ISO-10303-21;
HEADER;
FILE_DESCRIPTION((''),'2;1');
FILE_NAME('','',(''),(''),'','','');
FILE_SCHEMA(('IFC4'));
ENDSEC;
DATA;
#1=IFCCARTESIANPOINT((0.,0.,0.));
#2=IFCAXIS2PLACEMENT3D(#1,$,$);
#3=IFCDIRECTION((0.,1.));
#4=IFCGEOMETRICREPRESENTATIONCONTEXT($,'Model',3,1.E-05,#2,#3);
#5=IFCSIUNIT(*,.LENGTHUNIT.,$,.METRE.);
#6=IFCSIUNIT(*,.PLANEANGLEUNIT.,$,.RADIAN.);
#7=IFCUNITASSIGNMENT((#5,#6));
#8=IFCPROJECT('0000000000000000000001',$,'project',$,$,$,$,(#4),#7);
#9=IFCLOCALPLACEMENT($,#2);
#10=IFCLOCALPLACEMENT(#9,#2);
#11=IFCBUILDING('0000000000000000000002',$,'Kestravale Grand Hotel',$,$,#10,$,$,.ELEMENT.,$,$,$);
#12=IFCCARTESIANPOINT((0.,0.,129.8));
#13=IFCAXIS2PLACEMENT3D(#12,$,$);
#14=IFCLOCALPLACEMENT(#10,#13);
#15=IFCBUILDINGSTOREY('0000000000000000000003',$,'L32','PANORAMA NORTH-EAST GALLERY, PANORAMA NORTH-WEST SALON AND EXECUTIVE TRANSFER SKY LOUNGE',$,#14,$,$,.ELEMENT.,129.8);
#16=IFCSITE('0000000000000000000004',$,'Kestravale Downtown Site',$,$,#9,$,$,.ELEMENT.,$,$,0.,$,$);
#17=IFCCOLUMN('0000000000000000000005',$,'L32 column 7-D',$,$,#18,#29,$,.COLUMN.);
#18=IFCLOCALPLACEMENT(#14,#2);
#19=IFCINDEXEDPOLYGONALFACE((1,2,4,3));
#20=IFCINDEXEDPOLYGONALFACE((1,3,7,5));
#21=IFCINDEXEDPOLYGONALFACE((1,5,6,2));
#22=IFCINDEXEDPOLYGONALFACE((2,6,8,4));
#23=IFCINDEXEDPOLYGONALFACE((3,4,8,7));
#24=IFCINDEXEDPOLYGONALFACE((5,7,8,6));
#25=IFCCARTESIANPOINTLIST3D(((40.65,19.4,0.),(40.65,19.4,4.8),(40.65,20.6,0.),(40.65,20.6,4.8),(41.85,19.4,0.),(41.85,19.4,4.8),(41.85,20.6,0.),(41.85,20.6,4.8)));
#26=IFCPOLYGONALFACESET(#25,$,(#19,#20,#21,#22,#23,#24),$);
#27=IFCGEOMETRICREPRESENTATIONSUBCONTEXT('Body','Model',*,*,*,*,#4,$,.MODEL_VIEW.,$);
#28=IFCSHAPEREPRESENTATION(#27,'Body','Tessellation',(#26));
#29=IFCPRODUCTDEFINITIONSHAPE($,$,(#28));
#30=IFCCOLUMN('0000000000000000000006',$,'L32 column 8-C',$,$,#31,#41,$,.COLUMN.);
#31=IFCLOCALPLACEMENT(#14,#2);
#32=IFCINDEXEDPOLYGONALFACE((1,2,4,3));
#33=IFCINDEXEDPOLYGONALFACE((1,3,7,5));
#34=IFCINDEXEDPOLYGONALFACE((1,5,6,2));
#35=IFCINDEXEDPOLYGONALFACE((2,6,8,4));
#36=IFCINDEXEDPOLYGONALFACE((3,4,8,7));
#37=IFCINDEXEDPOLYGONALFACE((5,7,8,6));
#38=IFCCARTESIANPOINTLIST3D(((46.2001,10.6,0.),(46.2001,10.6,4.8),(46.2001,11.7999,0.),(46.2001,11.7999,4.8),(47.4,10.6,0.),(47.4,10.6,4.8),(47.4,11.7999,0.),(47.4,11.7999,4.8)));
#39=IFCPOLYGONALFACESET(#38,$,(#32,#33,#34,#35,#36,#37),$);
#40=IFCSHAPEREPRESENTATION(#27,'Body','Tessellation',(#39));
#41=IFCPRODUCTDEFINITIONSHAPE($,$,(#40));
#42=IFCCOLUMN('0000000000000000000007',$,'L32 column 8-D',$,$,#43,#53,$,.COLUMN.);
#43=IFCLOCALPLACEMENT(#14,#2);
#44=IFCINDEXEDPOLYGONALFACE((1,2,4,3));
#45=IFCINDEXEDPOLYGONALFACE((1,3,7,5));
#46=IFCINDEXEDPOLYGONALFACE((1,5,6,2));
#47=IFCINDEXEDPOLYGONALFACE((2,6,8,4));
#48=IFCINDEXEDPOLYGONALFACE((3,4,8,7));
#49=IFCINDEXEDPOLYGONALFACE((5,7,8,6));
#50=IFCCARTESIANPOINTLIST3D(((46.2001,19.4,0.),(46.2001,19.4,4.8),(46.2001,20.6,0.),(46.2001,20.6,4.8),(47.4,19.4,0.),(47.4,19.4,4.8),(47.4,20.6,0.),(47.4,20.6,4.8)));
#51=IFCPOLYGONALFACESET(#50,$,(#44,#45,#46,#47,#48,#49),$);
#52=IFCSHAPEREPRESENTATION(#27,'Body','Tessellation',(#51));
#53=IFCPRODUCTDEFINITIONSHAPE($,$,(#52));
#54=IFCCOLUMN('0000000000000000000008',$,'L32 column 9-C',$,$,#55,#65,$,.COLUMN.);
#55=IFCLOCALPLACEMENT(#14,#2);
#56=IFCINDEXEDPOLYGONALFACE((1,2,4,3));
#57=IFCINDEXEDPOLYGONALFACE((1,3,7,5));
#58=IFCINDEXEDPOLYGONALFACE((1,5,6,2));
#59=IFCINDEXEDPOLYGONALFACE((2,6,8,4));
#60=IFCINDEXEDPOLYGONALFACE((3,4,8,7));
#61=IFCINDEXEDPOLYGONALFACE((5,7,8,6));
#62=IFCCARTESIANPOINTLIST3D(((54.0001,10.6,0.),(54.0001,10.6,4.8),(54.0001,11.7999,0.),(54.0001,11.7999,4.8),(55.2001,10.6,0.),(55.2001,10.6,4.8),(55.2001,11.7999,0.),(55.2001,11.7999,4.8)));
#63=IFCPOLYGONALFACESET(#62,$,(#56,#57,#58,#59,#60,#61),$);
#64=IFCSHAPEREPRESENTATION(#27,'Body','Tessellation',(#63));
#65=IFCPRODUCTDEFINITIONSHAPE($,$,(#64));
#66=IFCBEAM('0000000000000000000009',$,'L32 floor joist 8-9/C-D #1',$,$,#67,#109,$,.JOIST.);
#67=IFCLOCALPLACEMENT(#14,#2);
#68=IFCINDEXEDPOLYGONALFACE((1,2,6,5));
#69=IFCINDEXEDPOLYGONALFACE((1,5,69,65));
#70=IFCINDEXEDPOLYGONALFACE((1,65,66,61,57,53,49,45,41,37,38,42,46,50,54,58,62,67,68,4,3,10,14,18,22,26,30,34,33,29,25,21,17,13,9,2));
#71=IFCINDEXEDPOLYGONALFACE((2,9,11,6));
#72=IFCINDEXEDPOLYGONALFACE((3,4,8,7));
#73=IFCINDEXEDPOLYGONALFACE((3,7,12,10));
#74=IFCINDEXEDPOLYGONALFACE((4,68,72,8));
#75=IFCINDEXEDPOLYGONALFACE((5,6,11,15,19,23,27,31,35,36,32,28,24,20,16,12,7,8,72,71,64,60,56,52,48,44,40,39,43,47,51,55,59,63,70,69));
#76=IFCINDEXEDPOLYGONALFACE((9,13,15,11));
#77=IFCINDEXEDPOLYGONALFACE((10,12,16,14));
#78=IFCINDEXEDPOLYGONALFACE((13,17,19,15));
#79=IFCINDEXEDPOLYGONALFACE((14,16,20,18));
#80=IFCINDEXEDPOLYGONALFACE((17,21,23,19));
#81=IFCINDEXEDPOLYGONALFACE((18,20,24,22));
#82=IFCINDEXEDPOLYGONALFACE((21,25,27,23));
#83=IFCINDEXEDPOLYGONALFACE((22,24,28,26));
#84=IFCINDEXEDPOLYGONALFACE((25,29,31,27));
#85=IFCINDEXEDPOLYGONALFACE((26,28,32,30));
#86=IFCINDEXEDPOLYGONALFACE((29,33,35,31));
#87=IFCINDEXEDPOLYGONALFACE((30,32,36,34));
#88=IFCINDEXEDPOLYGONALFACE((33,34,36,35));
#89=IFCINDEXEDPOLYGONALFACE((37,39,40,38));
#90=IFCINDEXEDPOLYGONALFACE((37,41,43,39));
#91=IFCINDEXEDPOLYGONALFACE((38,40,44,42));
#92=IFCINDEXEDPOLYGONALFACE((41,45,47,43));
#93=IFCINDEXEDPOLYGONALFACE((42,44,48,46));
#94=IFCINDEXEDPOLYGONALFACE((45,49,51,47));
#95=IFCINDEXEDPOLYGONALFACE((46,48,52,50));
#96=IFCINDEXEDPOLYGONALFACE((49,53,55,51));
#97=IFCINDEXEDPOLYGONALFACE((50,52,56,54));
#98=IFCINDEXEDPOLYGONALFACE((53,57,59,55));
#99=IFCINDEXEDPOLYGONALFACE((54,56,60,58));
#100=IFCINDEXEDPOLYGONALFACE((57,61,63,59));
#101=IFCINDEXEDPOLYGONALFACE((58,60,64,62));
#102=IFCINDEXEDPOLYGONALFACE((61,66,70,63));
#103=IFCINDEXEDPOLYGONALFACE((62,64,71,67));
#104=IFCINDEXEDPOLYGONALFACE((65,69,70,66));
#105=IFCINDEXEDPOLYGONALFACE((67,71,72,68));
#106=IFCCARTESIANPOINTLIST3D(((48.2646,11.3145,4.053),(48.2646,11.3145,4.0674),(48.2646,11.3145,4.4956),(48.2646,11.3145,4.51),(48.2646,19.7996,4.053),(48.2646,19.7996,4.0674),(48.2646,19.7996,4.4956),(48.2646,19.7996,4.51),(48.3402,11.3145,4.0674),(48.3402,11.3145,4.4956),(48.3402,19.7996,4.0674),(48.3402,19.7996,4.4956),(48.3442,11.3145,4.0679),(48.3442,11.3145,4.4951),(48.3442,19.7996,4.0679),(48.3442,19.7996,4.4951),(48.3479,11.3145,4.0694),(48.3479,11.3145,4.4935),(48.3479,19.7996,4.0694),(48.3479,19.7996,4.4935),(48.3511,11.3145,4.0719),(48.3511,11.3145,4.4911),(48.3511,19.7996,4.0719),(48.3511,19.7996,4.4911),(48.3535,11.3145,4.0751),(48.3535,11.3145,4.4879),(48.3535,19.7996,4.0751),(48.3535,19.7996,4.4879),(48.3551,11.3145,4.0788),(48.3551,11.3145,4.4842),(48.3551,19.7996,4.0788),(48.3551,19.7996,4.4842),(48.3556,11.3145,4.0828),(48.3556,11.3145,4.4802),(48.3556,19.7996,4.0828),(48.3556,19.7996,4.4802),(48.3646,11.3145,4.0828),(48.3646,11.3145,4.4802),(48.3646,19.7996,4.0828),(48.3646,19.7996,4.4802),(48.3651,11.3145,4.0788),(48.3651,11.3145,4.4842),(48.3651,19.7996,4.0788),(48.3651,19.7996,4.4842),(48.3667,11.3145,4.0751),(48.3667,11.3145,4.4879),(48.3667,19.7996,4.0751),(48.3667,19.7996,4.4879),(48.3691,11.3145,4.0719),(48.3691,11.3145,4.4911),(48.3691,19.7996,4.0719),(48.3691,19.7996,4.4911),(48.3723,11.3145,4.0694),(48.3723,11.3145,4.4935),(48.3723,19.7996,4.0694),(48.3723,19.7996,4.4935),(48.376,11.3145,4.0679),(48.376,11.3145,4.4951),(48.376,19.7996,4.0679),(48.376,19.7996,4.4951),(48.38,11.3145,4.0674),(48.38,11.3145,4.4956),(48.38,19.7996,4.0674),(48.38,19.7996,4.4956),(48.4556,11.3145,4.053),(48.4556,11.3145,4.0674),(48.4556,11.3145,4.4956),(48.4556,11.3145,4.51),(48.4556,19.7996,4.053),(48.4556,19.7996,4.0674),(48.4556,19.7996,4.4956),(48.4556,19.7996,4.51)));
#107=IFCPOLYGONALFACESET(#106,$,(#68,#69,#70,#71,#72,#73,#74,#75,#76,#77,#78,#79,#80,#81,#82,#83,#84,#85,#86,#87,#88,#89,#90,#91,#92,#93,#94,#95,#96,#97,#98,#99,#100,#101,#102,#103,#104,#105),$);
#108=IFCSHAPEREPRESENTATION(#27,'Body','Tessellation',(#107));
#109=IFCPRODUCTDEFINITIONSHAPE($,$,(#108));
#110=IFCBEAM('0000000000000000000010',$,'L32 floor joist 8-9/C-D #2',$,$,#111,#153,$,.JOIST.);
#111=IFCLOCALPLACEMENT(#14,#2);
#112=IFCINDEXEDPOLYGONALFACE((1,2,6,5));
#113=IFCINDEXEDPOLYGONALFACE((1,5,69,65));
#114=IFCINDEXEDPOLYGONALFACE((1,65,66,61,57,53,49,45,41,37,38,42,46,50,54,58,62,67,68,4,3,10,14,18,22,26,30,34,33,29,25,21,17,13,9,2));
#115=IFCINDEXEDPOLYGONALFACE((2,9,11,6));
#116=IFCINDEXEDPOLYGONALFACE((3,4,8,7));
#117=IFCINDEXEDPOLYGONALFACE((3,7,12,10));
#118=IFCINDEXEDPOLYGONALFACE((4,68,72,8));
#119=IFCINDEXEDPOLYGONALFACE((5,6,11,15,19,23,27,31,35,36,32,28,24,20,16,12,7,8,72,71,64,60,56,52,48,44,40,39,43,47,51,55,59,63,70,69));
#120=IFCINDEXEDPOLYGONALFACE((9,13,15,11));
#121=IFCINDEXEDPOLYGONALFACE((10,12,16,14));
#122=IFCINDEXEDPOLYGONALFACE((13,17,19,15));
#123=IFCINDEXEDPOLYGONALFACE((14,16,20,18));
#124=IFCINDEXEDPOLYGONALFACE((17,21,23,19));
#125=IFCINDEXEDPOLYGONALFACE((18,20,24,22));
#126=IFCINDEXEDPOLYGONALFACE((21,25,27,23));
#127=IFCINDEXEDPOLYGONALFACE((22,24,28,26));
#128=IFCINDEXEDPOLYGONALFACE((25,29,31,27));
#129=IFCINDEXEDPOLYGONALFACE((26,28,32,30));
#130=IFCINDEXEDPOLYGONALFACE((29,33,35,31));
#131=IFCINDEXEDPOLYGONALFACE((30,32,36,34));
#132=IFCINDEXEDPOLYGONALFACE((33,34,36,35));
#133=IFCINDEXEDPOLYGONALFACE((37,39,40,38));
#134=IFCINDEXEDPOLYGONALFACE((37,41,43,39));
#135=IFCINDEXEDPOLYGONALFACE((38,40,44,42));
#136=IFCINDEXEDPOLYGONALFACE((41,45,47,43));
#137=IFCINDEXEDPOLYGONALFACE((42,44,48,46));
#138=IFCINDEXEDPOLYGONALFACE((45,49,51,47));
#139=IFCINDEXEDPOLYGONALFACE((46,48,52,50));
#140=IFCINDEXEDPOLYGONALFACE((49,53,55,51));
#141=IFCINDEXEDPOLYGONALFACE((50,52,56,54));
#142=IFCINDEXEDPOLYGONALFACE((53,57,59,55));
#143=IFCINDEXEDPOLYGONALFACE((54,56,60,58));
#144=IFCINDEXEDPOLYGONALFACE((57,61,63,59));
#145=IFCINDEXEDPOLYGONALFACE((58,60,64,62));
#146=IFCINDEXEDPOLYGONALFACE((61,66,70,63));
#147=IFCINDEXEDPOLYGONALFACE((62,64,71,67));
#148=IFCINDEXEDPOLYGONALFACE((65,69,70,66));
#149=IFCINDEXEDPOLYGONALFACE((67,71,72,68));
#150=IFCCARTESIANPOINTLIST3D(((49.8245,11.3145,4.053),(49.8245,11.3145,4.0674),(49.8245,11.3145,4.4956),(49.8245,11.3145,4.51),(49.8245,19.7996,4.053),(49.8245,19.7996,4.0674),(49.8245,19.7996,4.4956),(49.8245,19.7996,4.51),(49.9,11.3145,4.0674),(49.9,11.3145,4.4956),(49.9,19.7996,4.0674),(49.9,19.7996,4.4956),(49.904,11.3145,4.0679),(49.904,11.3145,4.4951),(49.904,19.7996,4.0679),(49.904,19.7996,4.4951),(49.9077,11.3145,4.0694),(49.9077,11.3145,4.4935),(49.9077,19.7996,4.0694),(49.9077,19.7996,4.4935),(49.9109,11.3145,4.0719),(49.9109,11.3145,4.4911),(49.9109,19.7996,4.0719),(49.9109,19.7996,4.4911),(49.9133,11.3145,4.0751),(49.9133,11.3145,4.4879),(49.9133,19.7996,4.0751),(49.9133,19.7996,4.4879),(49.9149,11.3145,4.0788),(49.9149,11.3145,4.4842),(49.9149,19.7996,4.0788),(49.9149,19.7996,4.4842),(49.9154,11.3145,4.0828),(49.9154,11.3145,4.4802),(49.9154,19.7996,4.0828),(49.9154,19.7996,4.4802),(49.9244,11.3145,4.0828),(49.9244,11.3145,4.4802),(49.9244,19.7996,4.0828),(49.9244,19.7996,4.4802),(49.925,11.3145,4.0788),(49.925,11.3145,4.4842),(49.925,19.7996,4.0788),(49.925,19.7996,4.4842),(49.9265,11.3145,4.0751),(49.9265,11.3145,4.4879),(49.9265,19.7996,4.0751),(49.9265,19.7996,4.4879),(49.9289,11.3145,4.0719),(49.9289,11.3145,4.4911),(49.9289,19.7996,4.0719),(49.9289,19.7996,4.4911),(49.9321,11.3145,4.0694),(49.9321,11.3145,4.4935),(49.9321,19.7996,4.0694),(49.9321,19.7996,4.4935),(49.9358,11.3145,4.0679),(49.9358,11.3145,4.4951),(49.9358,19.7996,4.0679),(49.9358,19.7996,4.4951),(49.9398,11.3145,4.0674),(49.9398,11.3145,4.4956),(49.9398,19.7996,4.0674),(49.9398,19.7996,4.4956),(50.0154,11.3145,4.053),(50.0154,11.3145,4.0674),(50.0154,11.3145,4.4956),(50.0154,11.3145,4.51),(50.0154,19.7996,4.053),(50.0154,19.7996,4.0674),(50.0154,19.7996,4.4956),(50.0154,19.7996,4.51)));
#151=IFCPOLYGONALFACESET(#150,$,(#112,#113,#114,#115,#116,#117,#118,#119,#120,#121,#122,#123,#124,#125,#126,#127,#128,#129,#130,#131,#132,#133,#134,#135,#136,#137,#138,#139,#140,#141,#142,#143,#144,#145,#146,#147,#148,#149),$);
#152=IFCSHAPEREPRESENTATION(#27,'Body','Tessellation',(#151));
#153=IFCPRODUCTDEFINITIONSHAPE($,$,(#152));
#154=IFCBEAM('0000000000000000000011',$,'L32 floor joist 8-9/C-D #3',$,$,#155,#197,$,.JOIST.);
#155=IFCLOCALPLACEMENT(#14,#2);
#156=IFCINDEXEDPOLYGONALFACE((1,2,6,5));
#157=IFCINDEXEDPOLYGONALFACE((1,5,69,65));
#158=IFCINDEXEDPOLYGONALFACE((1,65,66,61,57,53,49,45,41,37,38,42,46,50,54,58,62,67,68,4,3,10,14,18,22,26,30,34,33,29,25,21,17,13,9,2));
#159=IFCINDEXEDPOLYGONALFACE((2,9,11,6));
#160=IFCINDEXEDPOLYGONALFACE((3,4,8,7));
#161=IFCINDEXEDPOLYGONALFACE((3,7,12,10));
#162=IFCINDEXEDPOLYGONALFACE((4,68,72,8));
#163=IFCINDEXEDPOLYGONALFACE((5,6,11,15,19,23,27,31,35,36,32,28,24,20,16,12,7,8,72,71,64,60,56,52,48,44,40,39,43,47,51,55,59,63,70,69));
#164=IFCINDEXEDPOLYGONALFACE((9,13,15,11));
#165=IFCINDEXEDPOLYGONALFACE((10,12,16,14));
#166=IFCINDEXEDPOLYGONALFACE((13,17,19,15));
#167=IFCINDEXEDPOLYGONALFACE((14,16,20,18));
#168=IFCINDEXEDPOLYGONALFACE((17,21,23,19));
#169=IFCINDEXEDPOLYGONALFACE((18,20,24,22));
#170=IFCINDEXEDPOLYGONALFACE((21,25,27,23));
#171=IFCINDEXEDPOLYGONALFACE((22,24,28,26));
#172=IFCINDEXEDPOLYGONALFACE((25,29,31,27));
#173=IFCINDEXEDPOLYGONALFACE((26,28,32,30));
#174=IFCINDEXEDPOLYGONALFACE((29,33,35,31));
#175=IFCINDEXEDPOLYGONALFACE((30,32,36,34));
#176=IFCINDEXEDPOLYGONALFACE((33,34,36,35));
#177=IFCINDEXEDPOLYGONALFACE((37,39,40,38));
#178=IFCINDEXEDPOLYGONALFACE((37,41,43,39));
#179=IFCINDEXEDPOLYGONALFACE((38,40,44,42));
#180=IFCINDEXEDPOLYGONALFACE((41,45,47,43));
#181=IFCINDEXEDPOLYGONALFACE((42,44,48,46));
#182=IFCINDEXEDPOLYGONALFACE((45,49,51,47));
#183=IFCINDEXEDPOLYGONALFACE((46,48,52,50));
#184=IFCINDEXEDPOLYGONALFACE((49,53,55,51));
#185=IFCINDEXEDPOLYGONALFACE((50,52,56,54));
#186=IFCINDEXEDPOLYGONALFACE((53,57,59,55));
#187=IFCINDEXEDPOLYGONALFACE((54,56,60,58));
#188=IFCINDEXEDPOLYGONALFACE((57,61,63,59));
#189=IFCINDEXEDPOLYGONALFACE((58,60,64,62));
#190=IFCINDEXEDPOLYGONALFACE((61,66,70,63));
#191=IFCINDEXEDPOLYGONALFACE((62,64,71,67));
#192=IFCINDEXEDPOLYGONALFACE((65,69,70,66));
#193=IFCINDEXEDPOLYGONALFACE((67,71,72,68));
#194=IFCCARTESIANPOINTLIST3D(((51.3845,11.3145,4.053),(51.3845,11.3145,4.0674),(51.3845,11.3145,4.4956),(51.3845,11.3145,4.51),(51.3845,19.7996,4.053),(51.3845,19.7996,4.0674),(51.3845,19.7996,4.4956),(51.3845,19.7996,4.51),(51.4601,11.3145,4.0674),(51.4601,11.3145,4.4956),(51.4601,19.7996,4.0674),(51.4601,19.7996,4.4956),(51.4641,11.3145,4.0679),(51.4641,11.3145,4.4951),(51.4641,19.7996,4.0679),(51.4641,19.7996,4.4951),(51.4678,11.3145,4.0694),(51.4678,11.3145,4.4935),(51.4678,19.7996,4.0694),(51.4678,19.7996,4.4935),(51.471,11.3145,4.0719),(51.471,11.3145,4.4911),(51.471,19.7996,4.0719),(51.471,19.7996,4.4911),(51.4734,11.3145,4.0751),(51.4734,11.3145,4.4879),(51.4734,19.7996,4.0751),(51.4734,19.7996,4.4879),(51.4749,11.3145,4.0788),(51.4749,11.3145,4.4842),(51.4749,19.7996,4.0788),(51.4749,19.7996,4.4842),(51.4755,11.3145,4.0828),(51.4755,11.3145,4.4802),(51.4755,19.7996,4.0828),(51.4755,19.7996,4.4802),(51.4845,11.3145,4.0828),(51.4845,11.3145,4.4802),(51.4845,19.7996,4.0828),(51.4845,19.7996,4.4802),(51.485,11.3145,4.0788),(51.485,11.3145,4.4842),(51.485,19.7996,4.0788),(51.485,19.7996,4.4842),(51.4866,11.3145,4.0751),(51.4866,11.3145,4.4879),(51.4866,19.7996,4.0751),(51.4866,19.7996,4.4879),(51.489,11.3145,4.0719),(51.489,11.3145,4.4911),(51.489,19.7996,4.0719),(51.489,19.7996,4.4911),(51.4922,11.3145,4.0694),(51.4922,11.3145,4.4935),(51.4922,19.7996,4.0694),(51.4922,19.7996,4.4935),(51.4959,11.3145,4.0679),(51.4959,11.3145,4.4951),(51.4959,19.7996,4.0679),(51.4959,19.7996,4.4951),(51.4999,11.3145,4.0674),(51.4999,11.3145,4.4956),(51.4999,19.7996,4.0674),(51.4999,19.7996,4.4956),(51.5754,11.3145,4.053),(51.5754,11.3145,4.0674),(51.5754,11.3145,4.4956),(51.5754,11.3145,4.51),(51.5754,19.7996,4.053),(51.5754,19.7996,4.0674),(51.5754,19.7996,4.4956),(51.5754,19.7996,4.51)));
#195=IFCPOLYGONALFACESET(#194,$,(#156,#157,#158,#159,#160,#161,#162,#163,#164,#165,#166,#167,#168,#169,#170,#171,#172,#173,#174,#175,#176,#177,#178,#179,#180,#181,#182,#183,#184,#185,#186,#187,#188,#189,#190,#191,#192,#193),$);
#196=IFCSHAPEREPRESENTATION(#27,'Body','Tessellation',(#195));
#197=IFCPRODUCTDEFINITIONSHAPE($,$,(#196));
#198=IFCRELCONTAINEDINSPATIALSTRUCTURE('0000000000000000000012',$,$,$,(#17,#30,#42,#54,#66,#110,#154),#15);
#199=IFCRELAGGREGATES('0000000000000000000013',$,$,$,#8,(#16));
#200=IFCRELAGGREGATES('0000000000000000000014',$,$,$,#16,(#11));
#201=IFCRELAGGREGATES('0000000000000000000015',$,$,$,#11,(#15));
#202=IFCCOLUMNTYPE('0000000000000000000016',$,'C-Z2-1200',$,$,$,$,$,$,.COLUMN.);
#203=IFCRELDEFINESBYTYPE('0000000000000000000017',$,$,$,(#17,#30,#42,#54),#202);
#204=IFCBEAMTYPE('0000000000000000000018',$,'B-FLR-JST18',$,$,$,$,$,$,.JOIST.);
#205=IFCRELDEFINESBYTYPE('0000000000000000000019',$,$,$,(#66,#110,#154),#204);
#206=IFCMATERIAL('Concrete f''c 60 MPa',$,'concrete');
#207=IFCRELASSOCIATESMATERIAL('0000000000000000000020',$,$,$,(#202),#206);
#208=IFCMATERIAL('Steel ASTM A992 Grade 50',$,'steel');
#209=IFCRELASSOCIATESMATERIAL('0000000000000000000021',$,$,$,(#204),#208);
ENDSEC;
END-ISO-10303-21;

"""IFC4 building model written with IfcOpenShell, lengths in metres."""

from ifc_helpers import new_model, si_unit, direction, frame, origin, origin_2d, place, context, subcontext, project, spatial, rectangle, i_section, extrude, material, material_profile, profile_set, type_object, element, save


model = new_model("IFC4")

# Units and contexts
model_context = context("Model", 3, precision=1e-05, world=origin(), true_north=direction((0.0, 1.0)))
body_context = subcontext(model_context, "Body", "Model", "MODEL_VIEW")
ifc_project = project(units=[si_unit("LENGTHUNIT", "METRE"), si_unit("PLANEANGLEUNIT", "RADIAN")], contexts=[model_context])

# Site, building, storey
site_placement = place(None, origin())
site = spatial("IfcSite", under=ifc_project, at=site_placement, Name="Kestravale Downtown Site", CompositionType="ELEMENT", RefElevation=0.0)
building_placement = place(site_placement, origin())
building = spatial("IfcBuilding", under=site, at=building_placement, Name="Kestravale Grand Hotel", CompositionType="ELEMENT")
storey_placement = place(building_placement, frame((0.0, 0.0, 129.8)))
storey = spatial("IfcBuildingStorey", under=building, at=storey_placement, Name="L32", Description="PANORAMA NORTH-EAST GALLERY, PANORAMA NORTH-WEST SALON AND EXECUTIVE TRANSFER SKY LOUNGE", CompositionType="ELEMENT", Elevation=129.8)

# Columns
ifc_material_1 = material(Name="Concrete f'c 60 MPa", Category="concrete")
ifc_material_profile_1 = material_profile(ifc_material_1, rectangle(XDim=1.2, YDim=1.2, at=origin_2d()))
ifc_profile_set_1 = profile_set([ifc_material_profile_1], Name="Concrete f'c 60 MPa")
column_type = type_object("IfcColumnType", Name="C-Z2-1200", PredefinedType="COLUMN", material=ifc_profile_set_1)
for number, where, z_axis, x_axis, name in (
    (1, (41.25, 20.0, 0.0), (0.0, 0.0, 1.0), (1.0, 0.0, 0.0), "L32 column 7-D"),
    (2, (46.8, 11.2, 0.0), (0.0, 0.0, 1.0), (1.0, 0.0, 0.0), "L32 column 8-C"),
    (3, (46.8, 20.0, 0.0), (0.0, 0.0, 1.0), (1.0, 0.0, 0.0), "L32 column 8-D"),
    (4, (54.6001, 11.2, 0.0), (0.0, 0.0, 1.0), (1.0, 0.0, 0.0), "L32 column 9-C"),
):
    element("IfcColumn", number, at=place(storey_placement, frame(where, z_axis=z_axis, x_axis=x_axis)), inside=storey, type_object=column_type, Name=name, PredefinedType="COLUMN", context=body_context, shape_type="SweptSolid", body=[
        extrude(rectangle(XDim=1.2, YDim=1.2, at=origin_2d()), origin(), (0.0, 0.0, 1.0), 4.8),
    ])

# Beams
ifc_material_2 = material(Name="Steel ASTM A992 Grade 50", Category="steel")
ifc_material_profile_2 = material_profile(ifc_material_2, i_section(OverallWidth=0.1909, OverallDepth=0.457, WebThickness=0.009, FlangeThickness=0.0144, FilletRadius=0.0154, at=origin_2d()))
ifc_profile_set_2 = profile_set([ifc_material_profile_2], Name="Steel ASTM A992 Grade 50")
beam_type_1 = type_object("IfcBeamType", Name="B-FLR-JST18", PredefinedType="JOIST", material=ifc_profile_set_2)
for number, where, z_axis, x_axis, name in (
    (5, (48.3601, 11.3145, 4.2815), (0.0, 1.0, 0.0), (-1.0, 0.0, 0.0), "L32 floor joist 8-9/C-D #1"),
    (6, (49.9199, 11.3145, 4.2815), (0.0, 1.0, 0.0), (-1.0, 0.0, 0.0), "L32 floor joist 8-9/C-D #2"),
    (7, (51.48, 11.3145, 4.2815), (0.0, 1.0, 0.0), (-1.0, 0.0, 0.0), "L32 floor joist 8-9/C-D #3"),
):
    element("IfcBeam", number, at=place(storey_placement, frame(where, z_axis=z_axis, x_axis=x_axis)), inside=storey, type_object=beam_type_1, Name=name, PredefinedType="JOIST", context=body_context, shape_type="SweptSolid", body=[
        extrude(i_section(OverallWidth=0.1909, OverallDepth=0.457, WebThickness=0.009, FlangeThickness=0.0144, FilletRadius=0.0154, at=origin_2d()), origin(), (0.0, 0.0, 1.0), 8.4851),
    ])

save(model, "model.ifc")
